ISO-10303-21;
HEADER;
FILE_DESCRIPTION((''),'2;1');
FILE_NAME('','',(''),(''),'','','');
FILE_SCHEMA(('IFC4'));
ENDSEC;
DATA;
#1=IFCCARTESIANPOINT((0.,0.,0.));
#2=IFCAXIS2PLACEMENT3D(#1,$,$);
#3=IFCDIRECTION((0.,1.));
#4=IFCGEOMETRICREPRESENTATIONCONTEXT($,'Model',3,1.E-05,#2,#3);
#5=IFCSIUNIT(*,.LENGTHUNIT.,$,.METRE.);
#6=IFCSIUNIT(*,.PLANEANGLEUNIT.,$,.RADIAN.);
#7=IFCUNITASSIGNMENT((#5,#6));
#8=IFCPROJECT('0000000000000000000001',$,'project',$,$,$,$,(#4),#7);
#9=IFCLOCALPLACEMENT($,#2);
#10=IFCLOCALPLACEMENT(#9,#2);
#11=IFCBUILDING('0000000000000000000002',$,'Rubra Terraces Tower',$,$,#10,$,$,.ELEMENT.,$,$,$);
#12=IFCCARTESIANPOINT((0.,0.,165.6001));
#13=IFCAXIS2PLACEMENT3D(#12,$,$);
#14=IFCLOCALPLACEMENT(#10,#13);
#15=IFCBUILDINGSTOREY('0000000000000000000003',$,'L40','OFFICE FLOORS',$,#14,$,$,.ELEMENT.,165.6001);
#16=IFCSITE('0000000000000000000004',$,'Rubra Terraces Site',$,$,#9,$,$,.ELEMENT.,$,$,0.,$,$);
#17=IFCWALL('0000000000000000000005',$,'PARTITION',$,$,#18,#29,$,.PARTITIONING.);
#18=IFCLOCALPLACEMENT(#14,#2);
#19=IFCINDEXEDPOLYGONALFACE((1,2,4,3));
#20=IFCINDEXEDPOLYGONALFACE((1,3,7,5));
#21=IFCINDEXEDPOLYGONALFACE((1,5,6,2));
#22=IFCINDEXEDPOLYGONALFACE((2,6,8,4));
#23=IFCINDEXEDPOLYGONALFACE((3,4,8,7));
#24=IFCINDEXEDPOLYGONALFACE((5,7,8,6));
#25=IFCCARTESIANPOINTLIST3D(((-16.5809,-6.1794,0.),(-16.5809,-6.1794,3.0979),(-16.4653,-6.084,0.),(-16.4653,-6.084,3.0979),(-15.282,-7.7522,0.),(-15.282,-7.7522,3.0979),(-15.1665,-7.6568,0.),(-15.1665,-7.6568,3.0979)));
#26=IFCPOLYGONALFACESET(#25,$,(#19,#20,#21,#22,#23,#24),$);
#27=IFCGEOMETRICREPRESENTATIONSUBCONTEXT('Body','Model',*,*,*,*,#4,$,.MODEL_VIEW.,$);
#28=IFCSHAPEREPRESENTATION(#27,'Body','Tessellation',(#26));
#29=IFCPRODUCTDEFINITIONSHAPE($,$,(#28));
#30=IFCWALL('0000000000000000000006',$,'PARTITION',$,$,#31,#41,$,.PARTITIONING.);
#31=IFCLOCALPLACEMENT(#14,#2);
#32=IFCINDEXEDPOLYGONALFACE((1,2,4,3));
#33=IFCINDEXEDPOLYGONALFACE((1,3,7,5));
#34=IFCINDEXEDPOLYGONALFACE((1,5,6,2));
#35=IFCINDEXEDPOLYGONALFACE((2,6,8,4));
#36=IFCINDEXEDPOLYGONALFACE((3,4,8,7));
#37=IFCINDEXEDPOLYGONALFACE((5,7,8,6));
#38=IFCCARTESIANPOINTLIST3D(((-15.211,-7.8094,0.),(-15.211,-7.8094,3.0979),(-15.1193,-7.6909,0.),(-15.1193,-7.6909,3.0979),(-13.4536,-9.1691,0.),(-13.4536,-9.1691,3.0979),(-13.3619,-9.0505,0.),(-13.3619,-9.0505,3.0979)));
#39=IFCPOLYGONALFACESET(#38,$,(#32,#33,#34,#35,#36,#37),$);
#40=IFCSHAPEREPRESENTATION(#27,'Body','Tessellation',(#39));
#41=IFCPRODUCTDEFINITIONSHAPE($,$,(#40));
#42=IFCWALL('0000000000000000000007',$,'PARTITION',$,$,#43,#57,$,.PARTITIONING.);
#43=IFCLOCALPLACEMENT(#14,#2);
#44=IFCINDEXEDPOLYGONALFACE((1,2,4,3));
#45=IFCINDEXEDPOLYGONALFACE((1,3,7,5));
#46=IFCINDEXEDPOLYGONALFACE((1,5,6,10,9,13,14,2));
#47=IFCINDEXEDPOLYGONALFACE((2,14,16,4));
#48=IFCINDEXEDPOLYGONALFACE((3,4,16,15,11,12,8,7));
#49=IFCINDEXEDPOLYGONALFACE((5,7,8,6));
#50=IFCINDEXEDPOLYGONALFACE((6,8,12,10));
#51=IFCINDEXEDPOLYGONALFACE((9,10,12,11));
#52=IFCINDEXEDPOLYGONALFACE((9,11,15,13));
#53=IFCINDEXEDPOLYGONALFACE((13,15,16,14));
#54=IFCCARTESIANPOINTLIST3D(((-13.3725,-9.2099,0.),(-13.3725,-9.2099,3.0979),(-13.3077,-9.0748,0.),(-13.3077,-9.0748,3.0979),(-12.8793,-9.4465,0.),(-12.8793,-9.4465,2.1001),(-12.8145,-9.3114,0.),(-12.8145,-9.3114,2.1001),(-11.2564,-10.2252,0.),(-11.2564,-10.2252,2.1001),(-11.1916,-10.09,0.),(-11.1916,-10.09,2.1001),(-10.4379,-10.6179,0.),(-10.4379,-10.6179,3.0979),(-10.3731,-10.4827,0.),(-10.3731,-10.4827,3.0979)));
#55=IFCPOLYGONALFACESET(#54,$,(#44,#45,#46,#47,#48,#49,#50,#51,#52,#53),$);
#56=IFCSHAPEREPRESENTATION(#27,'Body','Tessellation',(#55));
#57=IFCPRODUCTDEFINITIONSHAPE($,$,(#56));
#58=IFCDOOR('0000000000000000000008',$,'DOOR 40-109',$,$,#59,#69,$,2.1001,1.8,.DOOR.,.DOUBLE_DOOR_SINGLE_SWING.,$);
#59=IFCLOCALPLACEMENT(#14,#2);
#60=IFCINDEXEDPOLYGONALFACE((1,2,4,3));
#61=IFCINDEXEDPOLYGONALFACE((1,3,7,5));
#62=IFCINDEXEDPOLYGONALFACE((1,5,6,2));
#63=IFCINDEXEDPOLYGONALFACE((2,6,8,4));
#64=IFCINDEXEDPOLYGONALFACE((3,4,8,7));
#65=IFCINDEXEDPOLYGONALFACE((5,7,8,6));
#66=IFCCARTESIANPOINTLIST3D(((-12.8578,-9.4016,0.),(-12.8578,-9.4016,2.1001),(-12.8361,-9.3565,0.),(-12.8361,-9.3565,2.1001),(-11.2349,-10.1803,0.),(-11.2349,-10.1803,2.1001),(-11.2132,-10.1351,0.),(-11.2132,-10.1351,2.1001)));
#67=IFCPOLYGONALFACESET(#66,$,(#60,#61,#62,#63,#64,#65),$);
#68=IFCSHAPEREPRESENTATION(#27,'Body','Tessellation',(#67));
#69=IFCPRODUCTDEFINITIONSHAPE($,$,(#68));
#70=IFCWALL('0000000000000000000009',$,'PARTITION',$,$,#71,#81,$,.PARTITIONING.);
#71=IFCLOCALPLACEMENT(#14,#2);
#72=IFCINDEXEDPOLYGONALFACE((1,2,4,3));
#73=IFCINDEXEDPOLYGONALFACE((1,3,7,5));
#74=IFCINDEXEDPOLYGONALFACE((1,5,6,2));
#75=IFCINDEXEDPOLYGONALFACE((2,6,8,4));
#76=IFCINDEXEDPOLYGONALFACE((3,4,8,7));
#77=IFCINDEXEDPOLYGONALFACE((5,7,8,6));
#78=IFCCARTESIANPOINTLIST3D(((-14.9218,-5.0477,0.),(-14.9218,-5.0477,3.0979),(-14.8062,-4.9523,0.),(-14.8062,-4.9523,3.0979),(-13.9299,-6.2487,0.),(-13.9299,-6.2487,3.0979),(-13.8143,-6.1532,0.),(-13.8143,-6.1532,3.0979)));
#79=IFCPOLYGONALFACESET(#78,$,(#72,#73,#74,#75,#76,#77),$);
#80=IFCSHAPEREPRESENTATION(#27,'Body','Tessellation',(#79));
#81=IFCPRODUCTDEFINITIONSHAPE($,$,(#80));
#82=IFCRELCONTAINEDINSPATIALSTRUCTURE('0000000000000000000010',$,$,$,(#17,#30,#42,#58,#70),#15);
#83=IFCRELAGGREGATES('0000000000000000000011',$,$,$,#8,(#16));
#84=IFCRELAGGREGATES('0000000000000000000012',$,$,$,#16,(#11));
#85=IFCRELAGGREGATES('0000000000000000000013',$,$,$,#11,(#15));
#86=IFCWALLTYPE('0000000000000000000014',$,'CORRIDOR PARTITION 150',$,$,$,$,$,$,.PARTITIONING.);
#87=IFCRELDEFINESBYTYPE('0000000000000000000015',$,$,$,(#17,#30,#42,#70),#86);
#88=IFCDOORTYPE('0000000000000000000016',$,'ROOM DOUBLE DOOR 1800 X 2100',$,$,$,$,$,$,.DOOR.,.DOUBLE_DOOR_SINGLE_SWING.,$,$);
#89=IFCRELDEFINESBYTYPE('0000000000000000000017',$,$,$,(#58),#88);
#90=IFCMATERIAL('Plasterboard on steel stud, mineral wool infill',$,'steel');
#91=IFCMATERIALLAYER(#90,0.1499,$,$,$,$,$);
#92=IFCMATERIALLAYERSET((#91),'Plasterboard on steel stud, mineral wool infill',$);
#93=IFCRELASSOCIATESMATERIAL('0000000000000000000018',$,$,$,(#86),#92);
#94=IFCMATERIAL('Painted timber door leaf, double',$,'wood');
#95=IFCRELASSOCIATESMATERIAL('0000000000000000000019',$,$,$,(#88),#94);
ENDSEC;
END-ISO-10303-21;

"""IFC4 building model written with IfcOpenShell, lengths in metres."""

from ifc_helpers import new_model, si_unit, direction, frame, frame_2d, origin, place, context, subcontext, project, spatial, rectangle, extrude, material, layer, layer_set, type_object, element, fill, save


model = new_model("IFC4")

# Units and contexts
model_context = context("Model", 3, precision=1e-05, world=origin(), true_north=direction((0.0, 1.0)))
body_context = subcontext(model_context, "Body", "Model", "MODEL_VIEW")
ifc_project = project(units=[si_unit("LENGTHUNIT", "METRE"), si_unit("PLANEANGLEUNIT", "RADIAN")], contexts=[model_context])

# Site, building, storey
site_placement = place(None, origin())
site = spatial("IfcSite", under=ifc_project, at=site_placement, Name="Rubra Terraces Site", CompositionType="ELEMENT", RefElevation=0.0)
building_placement = place(site_placement, origin())
building = spatial("IfcBuilding", under=site, at=building_placement, Name="Rubra Terraces Tower", CompositionType="ELEMENT")
storey_placement = place(building_placement, frame((0.0, 0.0, 165.6001)))
storey = spatial("IfcBuildingStorey", under=building, at=storey_placement, Name="L40", Description="OFFICE FLOORS", CompositionType="ELEMENT", Elevation=165.6001)

# Walls
ifc_material_1 = material(Name="Plasterboard on steel stud, mineral wool infill", Category="steel")
ifc_layer_1 = layer(ifc_material_1, 0.1499)
ifc_layer_set_1 = layer_set([ifc_layer_1], Name="Plasterboard on steel stud, mineral wool infill")
wall_type_1 = type_object("IfcWallType", Name="CORRIDOR PARTITION 150", PredefinedType="PARTITIONING", material=ifc_layer_set_1)
wall_1_placement = place(storey_placement, frame((-16.5232, -6.1316, 0.0), z_axis=(0.0, 0.0, 1.0), x_axis=(0.636764, -0.771059, 0.0)))
element("IfcWall", 1, at=wall_1_placement, inside=storey, type_object=wall_type_1, Name="PARTITION", PredefinedType="PARTITIONING", context=body_context, shape_type="SweptSolid", body=[
    extrude(rectangle(XDim=2.0398, YDim=0.1499, at=frame_2d((1.02, 0.0))), origin(), (0.0, 0.0, 1.0), 3.0979),
])
wall_2_placement = place(storey_placement, frame((-15.165, -7.7502, 0.0), z_axis=(0.0, 0.0, 1.0), x_axis=(0.790918, -0.611923, 0.0)))
element("IfcWall", 2, at=wall_2_placement, inside=storey, type_object=wall_type_1, Name="PARTITION", PredefinedType="PARTITIONING", context=body_context, shape_type="SweptSolid", body=[
    extrude(rectangle(XDim=2.2219, YDim=0.1499, at=frame_2d((1.1108, 0.0))), origin(), (0.0, 0.0, 1.0), 3.0979),
])

# Wall, opening, door
wall_3_placement = place(storey_placement, frame((-13.3401, -9.1423, 0.0), z_axis=(0.0, 0.0, 1.0), x_axis=(0.901599, -0.432573, 0.0)))
wall_3 = element("IfcWall", 3, at=wall_3_placement, inside=storey, type_object=wall_type_1, Name="PARTITION", PredefinedType="PARTITIONING", context=body_context, shape_type="SweptSolid", body=[
    extrude(rectangle(XDim=3.2549, YDim=0.1499, at=frame_2d((1.6274, 0.0))), origin(), (0.0, 0.0, 1.0), 3.0979),
])
opening_1_placement = place(wall_3_placement, frame((0.5471, 0.0, 0.0)))
opening_1 = element("IfcOpeningElement", 4, at=opening_1_placement, cuts=wall_3, PredefinedType="OPENING", context=body_context, shape_type="SweptSolid", body=[
    extrude(rectangle(XDim=1.8, YDim=2.1001, at=frame_2d((0.8999, 1.05))), frame((0.0, 0.085, 0.0), z_axis=(0.0, -1.0, 0.0), x_axis=(1.0, 0.0, 0.0)), (0.0, 0.0, 1.0), 0.1699),
])
ifc_material_2 = material(Name="Painted timber door leaf, double", Category="wood")
door_type = type_object("IfcDoorType", Name="ROOM DOUBLE DOOR 1800 X 2100", OperationType="DOUBLE_DOOR_SINGLE_SWING", PredefinedType="DOOR", material=ifc_material_2)
door_placement = place(opening_1_placement, origin())
door = element("IfcDoor", 5, at=door_placement, inside=storey, type_object=door_type, Name="DOOR 40-109", OperationType="DOUBLE_DOOR_SINGLE_SWING", OverallHeight=2.1001, OverallWidth=1.8, PredefinedType="DOOR", context=body_context, shape_type="SweptSolid", body=[
    extrude(rectangle(XDim=1.8, YDim=2.1001, at=frame_2d((0.8999, 1.05))), frame((0.0, 0.0249, 0.0), z_axis=(0.0, -1.0, 0.0), x_axis=(1.0, 0.0, 0.0)), (0.0, 0.0, 1.0), 0.05),
])
fill(opening_1, door)

# Wall
wall_4_placement = place(storey_placement, frame((-13.8721, -6.2009, 0.0), z_axis=(0.0, 0.0, 1.0), x_axis=(-0.636833, 0.771002, 0.0)))
element("IfcWall", 6, at=wall_4_placement, inside=storey, type_object=wall_type_1, Name="PARTITION", PredefinedType="PARTITIONING", context=body_context, shape_type="SweptSolid", body=[
    extrude(rectangle(XDim=1.5576, YDim=0.1499, at=frame_2d((0.7788, 0.0))), origin(), (0.0, 0.0, 1.0), 3.0979),
])

save(model, "model.ifc")
